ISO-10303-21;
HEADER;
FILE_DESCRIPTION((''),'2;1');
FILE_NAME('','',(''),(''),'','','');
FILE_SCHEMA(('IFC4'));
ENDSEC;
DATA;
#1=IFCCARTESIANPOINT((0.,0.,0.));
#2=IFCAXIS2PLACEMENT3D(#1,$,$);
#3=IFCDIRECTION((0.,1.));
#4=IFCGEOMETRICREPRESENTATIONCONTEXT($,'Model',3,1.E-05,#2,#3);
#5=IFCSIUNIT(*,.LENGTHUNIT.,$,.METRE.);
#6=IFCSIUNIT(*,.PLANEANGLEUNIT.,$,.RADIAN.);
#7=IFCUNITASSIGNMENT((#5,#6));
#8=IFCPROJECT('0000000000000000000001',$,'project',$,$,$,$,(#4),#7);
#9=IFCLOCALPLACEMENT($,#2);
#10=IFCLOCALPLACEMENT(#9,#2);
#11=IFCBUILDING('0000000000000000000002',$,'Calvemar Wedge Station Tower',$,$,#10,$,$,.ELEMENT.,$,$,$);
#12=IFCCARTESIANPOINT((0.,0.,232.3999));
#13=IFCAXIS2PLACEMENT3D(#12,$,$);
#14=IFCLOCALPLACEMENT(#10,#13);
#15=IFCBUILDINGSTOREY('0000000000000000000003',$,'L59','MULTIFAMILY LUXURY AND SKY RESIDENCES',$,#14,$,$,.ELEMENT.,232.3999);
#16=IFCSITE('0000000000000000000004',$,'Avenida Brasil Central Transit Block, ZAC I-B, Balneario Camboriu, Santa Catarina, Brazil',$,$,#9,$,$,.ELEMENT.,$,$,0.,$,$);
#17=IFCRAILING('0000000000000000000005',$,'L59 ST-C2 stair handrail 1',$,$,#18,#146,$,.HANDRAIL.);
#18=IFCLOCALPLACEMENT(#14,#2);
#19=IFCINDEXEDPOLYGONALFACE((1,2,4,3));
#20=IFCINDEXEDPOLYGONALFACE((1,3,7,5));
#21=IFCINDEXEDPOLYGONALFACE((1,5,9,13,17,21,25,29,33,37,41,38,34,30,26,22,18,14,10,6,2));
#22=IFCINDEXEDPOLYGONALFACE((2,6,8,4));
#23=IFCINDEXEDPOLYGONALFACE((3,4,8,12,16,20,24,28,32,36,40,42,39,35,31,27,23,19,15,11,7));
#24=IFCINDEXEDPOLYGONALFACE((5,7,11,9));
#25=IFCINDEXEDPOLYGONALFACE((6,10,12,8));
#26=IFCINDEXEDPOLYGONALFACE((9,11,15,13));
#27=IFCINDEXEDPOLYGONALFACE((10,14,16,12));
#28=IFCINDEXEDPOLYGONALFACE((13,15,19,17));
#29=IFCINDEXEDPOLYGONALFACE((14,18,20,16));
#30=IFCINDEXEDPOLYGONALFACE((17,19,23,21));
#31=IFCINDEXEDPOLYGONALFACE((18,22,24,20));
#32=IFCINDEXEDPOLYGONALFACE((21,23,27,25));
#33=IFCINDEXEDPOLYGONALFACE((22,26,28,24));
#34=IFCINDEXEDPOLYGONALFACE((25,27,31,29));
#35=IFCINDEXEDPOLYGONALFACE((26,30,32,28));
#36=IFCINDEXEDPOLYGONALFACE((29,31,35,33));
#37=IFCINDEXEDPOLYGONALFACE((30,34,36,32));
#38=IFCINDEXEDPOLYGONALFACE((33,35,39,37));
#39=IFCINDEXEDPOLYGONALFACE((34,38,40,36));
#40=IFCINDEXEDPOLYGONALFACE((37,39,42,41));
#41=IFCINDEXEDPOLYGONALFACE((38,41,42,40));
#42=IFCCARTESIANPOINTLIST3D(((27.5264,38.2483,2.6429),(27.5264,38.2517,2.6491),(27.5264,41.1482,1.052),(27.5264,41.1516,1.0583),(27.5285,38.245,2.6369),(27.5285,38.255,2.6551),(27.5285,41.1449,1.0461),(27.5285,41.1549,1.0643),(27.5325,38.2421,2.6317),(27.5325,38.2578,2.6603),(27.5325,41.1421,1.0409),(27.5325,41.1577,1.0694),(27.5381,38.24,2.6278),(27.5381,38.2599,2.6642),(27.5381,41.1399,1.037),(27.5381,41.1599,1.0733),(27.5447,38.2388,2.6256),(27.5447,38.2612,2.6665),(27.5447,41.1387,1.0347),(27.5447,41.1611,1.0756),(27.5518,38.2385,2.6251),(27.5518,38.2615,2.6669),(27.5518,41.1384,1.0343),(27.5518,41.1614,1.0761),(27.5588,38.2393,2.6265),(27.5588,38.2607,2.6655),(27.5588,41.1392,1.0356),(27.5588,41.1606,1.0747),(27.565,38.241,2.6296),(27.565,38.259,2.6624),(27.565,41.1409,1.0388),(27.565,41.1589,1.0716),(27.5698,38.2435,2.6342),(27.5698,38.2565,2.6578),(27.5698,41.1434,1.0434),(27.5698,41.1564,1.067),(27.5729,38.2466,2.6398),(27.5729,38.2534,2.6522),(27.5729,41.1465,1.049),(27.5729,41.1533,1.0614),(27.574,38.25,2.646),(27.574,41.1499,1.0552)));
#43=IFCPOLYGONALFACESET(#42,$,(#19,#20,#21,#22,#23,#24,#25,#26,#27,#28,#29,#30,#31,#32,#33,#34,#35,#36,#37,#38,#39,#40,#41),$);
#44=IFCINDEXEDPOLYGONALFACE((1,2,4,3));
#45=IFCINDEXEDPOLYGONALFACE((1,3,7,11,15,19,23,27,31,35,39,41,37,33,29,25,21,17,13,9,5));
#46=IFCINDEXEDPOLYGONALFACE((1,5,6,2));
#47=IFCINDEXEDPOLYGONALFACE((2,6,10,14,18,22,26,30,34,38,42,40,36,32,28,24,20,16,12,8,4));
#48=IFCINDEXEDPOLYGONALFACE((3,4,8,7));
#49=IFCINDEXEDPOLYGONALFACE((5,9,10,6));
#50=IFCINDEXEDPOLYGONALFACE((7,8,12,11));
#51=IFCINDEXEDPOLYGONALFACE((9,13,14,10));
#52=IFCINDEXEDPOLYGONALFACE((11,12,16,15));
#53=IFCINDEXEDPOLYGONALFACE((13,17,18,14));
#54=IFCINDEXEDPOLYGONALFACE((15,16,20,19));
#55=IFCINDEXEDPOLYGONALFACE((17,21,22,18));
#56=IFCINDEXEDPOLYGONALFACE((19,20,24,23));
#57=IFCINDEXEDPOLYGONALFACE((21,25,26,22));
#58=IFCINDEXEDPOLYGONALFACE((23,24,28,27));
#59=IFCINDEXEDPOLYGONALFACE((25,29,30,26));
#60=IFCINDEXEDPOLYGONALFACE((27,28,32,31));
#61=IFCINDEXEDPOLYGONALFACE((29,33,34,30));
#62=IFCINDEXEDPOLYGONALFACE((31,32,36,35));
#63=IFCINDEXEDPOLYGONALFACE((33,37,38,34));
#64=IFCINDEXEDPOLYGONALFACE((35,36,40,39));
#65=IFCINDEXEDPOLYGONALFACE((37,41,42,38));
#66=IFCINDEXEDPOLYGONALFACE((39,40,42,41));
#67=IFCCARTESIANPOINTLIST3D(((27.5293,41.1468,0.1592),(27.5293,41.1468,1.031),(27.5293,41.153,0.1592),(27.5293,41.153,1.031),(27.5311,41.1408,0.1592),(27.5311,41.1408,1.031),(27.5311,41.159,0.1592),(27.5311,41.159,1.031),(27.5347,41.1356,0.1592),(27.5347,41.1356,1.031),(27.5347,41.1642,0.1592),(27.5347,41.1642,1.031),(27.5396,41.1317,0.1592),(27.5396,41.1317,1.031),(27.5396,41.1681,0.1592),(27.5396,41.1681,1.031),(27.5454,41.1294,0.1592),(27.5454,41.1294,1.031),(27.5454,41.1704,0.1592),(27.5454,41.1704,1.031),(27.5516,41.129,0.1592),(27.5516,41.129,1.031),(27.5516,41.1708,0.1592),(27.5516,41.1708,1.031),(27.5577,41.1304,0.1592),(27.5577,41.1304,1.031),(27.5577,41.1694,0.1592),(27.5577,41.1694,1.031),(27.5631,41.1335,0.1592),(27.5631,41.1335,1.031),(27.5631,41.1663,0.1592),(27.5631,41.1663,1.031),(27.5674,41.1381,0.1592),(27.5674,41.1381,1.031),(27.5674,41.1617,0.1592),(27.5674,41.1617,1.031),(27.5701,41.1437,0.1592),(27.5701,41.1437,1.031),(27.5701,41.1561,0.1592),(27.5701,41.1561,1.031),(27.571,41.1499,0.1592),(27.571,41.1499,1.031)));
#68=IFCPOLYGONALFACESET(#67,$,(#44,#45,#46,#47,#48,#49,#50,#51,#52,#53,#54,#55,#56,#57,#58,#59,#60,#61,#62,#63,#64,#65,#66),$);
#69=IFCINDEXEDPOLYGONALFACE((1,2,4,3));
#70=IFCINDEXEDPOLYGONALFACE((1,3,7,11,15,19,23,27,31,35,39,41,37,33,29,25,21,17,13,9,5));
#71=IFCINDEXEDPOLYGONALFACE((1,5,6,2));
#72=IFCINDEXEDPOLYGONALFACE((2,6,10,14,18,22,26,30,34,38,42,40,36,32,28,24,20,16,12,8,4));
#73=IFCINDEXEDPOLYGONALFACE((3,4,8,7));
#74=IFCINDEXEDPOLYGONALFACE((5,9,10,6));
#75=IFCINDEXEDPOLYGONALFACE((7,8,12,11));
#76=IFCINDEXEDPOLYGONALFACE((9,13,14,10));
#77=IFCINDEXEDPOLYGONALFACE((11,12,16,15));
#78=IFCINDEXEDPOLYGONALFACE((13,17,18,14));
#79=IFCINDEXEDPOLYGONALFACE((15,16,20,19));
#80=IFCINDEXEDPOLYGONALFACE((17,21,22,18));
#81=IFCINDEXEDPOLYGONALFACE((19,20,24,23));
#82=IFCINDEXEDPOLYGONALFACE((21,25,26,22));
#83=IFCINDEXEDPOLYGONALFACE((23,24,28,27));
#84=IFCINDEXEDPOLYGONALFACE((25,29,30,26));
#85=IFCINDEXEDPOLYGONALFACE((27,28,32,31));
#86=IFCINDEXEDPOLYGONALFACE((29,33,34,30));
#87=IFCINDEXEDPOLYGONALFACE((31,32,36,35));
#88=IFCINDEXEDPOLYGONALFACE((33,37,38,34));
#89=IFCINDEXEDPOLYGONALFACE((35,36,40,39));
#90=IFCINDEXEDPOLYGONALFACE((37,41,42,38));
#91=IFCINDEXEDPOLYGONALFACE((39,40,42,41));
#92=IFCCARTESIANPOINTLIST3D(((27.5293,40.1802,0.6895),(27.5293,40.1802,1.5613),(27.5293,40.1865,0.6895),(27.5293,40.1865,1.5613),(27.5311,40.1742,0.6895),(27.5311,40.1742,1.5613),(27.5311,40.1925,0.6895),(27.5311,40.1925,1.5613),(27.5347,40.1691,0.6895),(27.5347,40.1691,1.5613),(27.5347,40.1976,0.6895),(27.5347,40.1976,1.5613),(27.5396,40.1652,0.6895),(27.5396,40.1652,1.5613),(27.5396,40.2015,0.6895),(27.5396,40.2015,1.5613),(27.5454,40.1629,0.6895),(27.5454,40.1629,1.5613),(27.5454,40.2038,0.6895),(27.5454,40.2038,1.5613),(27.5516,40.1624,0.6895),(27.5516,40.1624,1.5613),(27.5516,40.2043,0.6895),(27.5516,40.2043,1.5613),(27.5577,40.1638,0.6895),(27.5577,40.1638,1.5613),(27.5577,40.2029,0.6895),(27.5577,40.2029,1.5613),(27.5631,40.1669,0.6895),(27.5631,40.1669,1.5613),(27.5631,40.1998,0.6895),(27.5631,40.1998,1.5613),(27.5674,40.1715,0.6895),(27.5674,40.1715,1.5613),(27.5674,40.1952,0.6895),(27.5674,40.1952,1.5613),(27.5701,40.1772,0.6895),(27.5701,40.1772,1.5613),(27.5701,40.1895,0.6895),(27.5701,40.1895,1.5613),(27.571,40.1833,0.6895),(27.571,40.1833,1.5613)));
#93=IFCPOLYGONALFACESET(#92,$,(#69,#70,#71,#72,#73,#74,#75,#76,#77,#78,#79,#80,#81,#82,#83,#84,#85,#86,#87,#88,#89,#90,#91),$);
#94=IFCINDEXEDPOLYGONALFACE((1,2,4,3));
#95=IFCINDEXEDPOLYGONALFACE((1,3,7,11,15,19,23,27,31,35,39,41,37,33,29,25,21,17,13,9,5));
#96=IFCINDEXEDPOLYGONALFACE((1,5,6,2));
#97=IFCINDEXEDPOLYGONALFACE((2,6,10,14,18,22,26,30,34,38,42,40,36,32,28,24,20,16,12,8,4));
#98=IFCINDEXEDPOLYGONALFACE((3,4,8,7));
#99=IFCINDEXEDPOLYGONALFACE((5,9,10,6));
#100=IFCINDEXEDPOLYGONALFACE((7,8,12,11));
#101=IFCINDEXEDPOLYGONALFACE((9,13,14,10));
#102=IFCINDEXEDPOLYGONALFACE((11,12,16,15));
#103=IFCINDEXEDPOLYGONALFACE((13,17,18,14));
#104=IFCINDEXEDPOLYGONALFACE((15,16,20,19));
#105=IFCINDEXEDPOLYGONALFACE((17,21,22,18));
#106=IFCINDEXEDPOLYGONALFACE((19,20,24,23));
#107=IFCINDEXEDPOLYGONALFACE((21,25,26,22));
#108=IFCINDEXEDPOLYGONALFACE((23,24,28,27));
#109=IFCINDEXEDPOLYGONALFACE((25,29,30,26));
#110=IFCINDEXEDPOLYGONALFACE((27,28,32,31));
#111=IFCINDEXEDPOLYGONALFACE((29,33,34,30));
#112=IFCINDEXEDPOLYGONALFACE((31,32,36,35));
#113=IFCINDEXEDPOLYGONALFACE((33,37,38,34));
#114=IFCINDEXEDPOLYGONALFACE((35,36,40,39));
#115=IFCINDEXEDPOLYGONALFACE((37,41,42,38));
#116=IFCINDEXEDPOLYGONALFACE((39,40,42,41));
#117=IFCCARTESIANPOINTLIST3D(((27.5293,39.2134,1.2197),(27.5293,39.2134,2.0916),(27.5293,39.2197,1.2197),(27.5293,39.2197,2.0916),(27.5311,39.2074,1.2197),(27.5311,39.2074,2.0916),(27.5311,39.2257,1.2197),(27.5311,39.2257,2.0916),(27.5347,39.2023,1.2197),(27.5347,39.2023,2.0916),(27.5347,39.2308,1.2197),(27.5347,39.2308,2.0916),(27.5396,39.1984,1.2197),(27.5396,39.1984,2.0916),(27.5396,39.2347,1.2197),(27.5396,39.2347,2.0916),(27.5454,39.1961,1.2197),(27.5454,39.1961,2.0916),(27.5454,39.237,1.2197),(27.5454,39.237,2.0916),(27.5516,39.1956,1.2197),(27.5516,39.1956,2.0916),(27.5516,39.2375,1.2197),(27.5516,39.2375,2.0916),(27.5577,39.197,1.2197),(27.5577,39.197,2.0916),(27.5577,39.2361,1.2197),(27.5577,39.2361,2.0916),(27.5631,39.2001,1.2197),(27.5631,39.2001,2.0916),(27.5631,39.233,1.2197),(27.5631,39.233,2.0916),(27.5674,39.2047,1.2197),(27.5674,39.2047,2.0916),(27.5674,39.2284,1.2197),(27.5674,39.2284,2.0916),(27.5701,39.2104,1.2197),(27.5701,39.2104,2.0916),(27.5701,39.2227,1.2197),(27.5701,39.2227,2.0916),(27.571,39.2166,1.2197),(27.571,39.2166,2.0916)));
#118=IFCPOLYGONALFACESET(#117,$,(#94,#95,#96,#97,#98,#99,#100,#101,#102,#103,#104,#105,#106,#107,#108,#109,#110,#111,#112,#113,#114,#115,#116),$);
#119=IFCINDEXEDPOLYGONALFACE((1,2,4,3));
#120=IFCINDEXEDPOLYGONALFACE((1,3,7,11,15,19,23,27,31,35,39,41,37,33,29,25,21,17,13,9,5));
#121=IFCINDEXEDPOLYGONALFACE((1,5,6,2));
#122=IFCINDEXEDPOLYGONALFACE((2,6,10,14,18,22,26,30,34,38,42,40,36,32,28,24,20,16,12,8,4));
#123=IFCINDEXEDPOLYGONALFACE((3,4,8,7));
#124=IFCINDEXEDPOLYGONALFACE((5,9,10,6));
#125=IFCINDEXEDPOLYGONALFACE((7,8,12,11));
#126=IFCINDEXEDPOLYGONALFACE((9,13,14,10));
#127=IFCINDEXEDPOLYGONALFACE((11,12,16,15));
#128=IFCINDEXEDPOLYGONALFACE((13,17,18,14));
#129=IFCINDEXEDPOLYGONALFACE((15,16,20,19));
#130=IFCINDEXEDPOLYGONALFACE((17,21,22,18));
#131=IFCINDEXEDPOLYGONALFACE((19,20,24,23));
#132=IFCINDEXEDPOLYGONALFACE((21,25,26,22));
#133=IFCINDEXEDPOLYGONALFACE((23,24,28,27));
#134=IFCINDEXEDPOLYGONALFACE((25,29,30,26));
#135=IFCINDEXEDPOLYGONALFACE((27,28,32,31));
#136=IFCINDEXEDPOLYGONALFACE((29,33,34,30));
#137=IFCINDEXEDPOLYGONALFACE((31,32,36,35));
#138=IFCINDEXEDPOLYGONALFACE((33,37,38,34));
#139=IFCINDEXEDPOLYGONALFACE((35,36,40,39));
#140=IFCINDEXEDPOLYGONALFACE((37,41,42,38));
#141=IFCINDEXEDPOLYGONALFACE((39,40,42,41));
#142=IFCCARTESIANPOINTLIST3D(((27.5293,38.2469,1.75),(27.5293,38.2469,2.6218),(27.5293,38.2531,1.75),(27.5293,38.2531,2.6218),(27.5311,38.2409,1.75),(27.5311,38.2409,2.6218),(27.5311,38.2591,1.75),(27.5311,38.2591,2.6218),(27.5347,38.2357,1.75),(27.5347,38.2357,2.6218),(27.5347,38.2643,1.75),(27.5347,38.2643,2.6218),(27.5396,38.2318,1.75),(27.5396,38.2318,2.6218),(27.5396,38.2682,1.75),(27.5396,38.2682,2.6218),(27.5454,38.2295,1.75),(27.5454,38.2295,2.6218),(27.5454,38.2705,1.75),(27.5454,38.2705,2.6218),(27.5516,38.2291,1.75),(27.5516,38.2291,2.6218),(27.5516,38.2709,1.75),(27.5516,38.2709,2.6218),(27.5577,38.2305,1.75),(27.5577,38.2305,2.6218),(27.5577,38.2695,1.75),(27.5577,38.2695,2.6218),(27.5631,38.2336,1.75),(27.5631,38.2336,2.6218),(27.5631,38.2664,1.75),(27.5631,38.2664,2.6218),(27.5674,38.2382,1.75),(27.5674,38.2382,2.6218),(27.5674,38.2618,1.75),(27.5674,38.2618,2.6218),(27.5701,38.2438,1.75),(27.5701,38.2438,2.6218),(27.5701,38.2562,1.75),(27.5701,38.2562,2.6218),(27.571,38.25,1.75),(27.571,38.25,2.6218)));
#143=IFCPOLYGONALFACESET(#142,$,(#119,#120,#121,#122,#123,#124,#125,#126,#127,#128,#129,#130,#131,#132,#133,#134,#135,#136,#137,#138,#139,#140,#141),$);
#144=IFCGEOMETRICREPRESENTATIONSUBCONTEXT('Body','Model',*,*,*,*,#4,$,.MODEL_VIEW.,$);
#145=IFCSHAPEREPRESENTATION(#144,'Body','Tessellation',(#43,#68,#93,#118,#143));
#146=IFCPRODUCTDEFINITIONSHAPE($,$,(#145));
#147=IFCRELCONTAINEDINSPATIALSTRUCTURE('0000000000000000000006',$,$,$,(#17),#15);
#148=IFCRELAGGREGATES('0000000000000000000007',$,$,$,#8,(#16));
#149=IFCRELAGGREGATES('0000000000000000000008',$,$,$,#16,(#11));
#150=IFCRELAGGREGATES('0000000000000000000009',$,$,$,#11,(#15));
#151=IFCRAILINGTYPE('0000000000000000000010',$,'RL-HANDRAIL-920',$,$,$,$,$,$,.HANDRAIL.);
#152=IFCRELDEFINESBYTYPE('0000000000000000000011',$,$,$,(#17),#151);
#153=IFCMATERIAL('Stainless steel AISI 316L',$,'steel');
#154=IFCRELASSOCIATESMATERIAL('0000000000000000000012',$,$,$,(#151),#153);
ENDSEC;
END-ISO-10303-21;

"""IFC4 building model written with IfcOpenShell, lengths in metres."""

from ifc_helpers import new_model, si_unit, direction, frame, origin, origin_2d, place, context, subcontext, project, spatial, circle, extrude, material, type_object, element, save


model = new_model("IFC4")

# Units and contexts
model_context = context("Model", 3, precision=1e-05, world=origin(), true_north=direction((0.0, 1.0)))
body_context = subcontext(model_context, "Body", "Model", "MODEL_VIEW")
ifc_project = project(units=[si_unit("LENGTHUNIT", "METRE"), si_unit("PLANEANGLEUNIT", "RADIAN")], contexts=[model_context])

# Site, building, storey
site_placement = place(None, origin())
site = spatial("IfcSite", under=ifc_project, at=site_placement, Name="Avenida Brasil Central Transit Block, ZAC I-B, Balneario Camboriu, Santa Catarina, Brazil", CompositionType="ELEMENT", RefElevation=0.0)
building_placement = place(site_placement, origin())
building = spatial("IfcBuilding", under=site, at=building_placement, Name="Calvemar Wedge Station Tower", CompositionType="ELEMENT")
storey_placement = place(building_placement, frame((0.0, 0.0, 232.3999)))
storey = spatial("IfcBuildingStorey", under=building, at=storey_placement, Name="L59", Description="MULTIFAMILY LUXURY AND SKY RESIDENCES", CompositionType="ELEMENT", Elevation=232.3999)

# Railing
ifc_material_1 = material(Name="Stainless steel AISI 316L", Category="steel")
railing_type_1 = type_object("IfcRailingType", Name="RL-HANDRAIL-920", PredefinedType="HANDRAIL", material=ifc_material_1)
railing_1_placement = place(storey_placement, frame((27.55, 41.1499, 0.1592)))
element("IfcRailing", 1, at=railing_1_placement, inside=storey, type_object=railing_type_1, Name="L59 ST-C2 stair handrail 1", PredefinedType="HANDRAIL", context=body_context, shape_type="SweptSolid", body=[
    extrude(circle(Radius=0.0239, at=origin_2d()), frame((0.0, 0.0, 0.896), z_axis=(0.0, -0.876742, 0.480961), x_axis=(1.0, 0.0, 0.0)), (0.0, 0.0, 1.0), 3.3076),
    extrude(circle(Radius=0.021, at=origin_2d()), origin(), (0.0, 0.0, 1.0), 0.8718),
    extrude(circle(Radius=0.021, at=origin_2d()), frame((0.0, -0.9666, 0.5303)), (0.0, 0.0, 1.0), 0.8718),
    extrude(circle(Radius=0.021, at=origin_2d()), frame((0.0, -1.9333, 1.0605)), (0.0, 0.0, 1.0), 0.8718),
    extrude(circle(Radius=0.021, at=origin_2d()), frame((0.0, -2.8999, 1.5908)), (0.0, 0.0, 1.0), 0.8718),
])

save(model, "model.ifc")
